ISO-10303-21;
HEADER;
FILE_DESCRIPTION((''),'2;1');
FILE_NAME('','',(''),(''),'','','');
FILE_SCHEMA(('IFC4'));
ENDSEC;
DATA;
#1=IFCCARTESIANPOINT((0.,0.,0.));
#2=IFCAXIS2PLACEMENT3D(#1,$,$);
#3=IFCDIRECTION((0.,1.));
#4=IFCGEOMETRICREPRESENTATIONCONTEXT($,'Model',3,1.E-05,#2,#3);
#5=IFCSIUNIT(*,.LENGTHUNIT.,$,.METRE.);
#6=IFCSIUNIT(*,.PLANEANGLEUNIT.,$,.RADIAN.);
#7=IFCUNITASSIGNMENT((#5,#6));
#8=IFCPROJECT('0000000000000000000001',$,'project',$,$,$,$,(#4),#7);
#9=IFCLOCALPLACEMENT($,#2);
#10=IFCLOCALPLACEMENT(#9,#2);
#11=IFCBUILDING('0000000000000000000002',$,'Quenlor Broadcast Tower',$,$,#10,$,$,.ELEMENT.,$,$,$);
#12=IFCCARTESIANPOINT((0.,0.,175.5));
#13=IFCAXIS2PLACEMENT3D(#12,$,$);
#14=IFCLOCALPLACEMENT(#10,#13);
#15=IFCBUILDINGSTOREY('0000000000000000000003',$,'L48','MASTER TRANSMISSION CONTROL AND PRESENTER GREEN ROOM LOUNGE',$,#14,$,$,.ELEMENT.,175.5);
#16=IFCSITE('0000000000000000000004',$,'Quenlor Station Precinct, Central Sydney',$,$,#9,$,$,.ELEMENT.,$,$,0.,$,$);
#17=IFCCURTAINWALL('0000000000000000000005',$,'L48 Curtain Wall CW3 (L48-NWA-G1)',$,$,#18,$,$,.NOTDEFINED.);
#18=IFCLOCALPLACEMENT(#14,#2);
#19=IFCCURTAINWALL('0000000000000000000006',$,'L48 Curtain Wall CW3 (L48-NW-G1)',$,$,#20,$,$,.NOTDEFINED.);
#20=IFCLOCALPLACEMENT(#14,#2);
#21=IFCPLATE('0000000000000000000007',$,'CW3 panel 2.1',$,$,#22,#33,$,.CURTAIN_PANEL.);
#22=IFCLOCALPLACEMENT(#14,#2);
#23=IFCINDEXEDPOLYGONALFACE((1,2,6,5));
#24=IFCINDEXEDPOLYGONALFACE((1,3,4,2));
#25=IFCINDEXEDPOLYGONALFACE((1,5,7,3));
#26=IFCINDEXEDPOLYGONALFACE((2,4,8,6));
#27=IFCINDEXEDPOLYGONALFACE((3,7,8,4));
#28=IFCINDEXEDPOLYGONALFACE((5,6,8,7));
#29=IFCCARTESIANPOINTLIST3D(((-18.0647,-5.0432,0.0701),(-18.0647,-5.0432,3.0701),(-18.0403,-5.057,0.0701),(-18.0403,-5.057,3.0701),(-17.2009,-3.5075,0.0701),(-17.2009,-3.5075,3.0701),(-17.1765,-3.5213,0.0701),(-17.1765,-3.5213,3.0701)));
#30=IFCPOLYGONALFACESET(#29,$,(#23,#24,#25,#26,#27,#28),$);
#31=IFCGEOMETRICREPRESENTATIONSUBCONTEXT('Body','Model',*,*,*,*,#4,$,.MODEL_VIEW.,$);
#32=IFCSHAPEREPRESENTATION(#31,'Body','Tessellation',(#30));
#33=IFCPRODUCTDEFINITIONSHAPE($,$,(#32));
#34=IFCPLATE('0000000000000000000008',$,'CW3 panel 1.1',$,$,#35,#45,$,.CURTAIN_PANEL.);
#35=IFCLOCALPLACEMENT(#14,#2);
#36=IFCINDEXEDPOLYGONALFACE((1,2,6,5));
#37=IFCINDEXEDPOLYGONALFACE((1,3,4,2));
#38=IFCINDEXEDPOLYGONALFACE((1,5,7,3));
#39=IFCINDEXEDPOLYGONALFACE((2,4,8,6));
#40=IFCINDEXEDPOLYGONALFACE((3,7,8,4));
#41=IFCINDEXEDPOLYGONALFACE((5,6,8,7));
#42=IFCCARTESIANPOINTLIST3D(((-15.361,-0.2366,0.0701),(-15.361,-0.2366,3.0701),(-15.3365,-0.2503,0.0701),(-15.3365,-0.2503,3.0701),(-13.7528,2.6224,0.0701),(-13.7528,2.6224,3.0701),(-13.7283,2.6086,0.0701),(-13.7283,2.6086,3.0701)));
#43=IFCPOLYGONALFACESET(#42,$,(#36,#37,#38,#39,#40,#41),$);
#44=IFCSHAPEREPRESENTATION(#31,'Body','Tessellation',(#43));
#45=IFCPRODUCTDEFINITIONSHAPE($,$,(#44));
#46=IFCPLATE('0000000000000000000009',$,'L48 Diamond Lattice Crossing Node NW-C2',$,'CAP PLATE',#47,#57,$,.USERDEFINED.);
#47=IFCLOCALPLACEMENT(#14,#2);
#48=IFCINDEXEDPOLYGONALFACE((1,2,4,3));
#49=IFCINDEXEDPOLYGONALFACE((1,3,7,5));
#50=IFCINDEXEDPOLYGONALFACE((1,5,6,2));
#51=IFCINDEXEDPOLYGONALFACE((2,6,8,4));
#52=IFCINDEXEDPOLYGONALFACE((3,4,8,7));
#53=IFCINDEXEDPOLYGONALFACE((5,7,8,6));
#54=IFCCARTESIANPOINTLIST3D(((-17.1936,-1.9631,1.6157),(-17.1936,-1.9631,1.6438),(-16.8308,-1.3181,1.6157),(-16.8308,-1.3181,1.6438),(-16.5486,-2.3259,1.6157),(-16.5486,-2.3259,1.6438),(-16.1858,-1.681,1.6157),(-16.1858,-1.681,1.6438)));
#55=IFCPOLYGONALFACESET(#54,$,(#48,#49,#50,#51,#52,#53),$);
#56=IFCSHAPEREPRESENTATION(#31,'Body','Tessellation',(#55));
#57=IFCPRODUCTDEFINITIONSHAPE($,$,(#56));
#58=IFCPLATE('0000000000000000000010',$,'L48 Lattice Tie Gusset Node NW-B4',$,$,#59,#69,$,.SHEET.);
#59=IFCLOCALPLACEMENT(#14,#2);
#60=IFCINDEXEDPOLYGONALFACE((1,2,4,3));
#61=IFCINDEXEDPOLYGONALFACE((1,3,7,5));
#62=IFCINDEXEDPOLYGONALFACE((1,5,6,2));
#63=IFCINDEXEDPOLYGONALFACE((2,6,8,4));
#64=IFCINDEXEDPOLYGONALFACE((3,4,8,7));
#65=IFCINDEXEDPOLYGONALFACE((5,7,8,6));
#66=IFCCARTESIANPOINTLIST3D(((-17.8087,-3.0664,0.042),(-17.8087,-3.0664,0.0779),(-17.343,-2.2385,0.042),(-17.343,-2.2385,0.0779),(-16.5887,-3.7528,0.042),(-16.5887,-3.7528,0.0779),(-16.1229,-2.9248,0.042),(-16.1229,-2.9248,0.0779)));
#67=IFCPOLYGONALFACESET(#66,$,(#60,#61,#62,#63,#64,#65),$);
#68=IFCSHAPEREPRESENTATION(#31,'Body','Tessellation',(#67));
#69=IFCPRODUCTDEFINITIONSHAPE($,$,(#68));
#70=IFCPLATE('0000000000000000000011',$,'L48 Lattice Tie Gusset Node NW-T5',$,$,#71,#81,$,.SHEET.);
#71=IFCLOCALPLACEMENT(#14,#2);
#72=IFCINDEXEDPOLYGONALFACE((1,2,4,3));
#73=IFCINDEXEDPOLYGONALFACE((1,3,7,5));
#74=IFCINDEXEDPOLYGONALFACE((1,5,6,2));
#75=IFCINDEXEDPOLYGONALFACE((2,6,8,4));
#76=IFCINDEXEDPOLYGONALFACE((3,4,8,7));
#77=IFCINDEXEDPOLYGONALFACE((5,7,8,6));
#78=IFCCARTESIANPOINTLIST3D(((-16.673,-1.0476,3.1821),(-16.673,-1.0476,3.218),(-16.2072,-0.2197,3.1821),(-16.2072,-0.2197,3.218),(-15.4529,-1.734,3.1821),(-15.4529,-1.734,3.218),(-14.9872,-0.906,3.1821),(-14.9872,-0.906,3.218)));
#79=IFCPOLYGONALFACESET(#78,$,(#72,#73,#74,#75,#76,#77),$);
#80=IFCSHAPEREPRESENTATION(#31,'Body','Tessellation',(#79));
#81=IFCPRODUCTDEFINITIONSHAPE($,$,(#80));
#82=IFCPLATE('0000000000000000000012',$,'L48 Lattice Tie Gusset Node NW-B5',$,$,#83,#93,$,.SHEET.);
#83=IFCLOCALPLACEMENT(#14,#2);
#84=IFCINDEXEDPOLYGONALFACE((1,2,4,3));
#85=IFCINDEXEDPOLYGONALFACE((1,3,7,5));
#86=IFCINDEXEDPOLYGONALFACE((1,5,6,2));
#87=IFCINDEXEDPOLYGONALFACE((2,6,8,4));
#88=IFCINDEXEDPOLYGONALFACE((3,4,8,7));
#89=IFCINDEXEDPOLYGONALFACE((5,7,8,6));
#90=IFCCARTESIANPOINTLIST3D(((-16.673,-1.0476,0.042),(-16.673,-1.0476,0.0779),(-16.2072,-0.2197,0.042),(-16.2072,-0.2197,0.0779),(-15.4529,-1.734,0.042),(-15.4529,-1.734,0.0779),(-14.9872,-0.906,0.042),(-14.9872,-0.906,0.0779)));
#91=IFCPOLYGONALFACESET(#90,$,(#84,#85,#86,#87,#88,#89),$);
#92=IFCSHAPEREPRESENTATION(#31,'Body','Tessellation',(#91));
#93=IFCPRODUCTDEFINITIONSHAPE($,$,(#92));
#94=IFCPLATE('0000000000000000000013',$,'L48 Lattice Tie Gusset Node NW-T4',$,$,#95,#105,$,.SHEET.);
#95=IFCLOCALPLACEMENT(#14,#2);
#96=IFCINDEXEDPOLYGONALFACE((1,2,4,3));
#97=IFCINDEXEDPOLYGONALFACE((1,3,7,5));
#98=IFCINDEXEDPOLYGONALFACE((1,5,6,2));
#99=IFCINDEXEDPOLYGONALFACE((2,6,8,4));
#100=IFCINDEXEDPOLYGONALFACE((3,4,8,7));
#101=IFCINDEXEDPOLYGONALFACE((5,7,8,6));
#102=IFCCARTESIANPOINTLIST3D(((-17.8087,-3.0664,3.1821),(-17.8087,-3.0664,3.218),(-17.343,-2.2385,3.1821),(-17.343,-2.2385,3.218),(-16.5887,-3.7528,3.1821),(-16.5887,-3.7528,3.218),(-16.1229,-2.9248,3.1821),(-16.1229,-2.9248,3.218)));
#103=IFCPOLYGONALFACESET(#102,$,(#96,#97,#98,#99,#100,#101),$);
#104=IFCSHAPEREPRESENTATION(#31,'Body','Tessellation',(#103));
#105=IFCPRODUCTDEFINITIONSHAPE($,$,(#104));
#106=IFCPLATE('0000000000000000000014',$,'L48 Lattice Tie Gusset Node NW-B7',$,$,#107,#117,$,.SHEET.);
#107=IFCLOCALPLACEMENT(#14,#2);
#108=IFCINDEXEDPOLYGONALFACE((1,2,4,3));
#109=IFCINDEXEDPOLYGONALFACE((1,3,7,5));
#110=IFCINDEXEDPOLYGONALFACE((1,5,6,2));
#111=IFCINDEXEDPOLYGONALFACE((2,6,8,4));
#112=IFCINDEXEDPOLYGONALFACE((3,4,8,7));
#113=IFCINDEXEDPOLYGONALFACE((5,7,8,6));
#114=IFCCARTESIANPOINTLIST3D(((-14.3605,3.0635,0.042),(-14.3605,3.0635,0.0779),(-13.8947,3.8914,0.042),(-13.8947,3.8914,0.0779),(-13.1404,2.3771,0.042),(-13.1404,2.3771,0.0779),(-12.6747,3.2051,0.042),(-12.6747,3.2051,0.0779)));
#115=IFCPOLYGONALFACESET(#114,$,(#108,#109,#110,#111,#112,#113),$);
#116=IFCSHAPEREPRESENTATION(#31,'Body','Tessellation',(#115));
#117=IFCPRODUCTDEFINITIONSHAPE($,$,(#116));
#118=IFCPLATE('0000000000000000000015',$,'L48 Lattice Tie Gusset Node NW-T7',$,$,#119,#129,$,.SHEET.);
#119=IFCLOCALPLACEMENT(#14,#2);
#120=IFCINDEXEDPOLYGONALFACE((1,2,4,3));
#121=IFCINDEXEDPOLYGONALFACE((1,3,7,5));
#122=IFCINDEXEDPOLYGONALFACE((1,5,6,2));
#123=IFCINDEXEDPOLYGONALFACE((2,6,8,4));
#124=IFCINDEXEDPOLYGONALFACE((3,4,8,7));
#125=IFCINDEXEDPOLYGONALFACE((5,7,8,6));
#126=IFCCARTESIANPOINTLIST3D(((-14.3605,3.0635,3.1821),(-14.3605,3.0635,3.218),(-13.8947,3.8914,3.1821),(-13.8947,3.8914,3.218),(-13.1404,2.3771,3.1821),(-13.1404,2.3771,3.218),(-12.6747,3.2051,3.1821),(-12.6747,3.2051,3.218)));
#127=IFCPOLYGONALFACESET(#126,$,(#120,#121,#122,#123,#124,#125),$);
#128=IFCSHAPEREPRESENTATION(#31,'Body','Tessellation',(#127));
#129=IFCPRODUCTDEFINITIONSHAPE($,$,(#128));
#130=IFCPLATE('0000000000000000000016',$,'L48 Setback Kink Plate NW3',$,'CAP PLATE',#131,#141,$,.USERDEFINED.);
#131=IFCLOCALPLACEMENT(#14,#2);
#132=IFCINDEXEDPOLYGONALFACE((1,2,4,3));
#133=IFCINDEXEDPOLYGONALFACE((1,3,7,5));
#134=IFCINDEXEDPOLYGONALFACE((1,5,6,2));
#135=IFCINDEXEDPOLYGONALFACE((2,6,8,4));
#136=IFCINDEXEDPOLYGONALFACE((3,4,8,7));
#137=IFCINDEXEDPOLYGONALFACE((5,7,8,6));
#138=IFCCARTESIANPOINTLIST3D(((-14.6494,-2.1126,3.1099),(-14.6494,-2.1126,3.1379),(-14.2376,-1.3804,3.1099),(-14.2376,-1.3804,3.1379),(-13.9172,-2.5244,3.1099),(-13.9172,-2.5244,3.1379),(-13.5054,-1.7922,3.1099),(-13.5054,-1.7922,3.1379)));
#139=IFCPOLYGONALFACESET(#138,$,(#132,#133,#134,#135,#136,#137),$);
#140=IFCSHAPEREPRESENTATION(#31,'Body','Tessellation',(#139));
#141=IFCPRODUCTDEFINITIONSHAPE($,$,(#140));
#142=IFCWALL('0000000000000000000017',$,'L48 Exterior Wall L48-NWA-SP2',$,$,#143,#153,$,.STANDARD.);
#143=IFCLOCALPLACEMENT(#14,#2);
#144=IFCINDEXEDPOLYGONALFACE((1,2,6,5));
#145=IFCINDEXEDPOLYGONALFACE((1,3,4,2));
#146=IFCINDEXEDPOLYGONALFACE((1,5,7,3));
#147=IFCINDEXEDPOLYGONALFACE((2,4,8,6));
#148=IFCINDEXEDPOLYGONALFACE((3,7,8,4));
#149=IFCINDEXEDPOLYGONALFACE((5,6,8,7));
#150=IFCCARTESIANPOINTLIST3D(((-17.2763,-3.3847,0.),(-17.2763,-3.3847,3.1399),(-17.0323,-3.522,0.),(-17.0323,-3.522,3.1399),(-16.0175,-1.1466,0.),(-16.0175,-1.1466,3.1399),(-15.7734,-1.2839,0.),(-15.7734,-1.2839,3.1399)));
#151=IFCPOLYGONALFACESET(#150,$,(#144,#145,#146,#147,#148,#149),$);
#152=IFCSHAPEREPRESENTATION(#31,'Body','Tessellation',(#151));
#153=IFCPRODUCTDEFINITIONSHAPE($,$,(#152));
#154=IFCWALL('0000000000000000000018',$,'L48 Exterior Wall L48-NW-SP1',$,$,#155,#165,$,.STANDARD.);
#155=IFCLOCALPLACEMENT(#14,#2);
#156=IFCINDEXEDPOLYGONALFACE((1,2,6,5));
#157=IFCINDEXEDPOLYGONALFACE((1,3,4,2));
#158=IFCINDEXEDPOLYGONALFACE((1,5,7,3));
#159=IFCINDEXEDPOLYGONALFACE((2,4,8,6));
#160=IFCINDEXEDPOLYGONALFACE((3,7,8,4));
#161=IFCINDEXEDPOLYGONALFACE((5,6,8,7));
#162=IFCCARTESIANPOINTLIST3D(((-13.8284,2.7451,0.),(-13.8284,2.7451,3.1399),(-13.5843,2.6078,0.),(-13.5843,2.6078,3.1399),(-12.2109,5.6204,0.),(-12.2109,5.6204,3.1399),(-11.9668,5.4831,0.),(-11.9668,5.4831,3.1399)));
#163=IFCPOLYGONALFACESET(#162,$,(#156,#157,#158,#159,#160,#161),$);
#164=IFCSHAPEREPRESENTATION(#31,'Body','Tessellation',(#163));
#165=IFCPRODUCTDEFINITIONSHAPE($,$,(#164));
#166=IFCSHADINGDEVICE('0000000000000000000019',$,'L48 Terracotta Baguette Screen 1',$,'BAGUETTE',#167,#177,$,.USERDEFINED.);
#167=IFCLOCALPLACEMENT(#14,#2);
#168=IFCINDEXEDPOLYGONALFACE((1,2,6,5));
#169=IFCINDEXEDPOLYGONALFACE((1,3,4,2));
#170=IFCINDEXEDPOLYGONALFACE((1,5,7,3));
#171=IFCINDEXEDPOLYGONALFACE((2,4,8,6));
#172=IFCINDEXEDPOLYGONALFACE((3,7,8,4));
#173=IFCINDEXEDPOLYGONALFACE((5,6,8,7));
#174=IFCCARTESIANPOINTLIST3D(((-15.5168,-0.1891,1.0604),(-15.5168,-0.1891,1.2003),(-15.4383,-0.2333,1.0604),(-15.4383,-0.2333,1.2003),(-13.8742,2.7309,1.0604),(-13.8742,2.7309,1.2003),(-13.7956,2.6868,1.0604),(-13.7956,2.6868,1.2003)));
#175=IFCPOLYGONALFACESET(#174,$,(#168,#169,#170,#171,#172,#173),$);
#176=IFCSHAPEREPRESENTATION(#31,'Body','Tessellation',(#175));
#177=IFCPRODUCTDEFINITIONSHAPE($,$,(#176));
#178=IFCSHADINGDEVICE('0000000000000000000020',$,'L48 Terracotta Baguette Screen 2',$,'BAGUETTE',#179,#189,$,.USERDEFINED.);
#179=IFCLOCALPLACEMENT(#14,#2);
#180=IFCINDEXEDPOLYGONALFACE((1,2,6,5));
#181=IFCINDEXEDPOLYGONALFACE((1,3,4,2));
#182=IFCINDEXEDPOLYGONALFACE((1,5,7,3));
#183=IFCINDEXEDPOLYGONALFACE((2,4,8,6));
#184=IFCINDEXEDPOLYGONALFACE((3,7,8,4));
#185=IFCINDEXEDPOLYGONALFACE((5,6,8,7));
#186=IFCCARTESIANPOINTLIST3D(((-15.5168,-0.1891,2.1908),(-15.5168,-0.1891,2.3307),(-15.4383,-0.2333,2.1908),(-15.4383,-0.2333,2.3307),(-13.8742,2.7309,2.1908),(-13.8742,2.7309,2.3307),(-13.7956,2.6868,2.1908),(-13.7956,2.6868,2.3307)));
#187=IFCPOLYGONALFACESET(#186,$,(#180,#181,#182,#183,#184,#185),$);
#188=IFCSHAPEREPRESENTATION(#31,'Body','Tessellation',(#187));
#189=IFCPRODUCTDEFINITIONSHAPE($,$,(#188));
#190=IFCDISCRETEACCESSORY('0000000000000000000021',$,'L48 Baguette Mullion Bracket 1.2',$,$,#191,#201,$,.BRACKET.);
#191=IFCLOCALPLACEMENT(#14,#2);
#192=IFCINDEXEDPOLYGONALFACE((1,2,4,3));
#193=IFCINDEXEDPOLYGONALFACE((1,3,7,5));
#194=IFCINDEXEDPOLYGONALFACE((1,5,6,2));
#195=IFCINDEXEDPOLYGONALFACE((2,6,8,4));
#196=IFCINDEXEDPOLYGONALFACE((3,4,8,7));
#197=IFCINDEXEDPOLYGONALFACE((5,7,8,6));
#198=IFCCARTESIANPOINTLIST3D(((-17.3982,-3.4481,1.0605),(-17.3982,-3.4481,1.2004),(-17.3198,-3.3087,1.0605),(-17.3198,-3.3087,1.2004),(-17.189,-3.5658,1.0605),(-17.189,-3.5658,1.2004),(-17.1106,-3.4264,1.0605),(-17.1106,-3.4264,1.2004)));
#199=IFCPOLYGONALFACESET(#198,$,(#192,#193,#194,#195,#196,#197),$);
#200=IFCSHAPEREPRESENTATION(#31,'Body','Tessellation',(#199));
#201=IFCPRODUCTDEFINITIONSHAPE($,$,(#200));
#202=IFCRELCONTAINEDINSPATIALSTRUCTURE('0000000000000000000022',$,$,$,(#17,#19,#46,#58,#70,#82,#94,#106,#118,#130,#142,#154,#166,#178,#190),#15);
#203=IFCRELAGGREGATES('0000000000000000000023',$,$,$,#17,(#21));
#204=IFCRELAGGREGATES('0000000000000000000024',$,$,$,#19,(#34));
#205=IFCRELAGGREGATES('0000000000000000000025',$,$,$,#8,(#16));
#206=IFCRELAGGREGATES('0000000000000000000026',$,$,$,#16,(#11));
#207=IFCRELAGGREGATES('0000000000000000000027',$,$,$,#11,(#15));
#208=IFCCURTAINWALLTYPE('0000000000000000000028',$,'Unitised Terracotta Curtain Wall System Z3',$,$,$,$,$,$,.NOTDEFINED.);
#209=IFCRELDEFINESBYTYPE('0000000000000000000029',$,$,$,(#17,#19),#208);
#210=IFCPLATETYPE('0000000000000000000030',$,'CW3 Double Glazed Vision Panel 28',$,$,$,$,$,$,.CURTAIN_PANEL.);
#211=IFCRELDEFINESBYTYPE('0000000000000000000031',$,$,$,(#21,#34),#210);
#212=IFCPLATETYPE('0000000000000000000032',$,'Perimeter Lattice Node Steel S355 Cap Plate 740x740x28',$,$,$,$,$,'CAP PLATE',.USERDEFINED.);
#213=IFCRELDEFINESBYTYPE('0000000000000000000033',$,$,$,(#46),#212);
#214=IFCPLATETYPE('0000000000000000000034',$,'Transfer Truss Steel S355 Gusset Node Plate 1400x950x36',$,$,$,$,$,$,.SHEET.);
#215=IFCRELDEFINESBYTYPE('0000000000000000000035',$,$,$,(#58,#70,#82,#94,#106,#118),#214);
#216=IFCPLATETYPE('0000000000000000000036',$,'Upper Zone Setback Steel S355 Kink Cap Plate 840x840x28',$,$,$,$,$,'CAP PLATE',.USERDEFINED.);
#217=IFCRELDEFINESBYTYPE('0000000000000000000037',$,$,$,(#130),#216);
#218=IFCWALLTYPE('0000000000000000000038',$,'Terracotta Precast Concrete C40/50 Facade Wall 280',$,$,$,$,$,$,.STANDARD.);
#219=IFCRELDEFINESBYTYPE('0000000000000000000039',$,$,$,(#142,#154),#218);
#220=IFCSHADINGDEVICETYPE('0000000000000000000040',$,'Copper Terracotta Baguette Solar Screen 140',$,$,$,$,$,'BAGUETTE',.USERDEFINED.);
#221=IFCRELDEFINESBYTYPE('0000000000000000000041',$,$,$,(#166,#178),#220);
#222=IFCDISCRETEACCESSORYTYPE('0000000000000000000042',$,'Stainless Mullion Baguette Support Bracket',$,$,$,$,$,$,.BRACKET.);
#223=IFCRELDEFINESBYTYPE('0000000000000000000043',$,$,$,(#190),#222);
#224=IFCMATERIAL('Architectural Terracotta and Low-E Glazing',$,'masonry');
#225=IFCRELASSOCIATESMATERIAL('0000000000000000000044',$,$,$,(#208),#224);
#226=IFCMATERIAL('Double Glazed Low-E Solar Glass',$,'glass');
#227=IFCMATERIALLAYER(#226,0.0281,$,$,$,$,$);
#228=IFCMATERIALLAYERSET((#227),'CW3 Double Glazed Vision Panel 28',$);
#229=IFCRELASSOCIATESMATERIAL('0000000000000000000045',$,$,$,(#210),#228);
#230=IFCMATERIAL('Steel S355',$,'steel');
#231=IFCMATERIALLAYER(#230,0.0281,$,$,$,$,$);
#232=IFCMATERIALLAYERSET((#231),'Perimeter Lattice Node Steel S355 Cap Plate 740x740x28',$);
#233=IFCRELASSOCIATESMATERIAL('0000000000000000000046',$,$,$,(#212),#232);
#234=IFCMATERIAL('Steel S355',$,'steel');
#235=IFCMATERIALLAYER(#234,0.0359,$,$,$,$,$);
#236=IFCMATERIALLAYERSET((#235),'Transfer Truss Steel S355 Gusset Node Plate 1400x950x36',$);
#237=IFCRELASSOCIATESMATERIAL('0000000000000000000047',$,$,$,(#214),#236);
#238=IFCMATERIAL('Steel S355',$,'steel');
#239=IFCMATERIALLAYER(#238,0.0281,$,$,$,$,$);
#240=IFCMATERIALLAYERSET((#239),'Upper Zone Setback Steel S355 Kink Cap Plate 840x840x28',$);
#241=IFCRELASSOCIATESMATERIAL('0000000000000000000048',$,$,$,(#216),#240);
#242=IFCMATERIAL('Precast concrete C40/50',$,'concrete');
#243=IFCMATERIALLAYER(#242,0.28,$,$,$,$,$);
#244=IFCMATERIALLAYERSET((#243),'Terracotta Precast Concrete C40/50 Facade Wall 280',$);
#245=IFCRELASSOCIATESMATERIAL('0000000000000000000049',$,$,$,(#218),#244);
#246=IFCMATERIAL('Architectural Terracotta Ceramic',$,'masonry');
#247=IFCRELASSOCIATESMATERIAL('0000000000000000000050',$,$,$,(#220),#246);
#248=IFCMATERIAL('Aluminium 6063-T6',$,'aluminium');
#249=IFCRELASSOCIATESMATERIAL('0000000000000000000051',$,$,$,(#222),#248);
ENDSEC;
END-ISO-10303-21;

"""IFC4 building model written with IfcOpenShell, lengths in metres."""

from ifc_helpers import new_model, si_unit, direction, frame, frame_2d, origin, origin_2d, place, context, subcontext, project, spatial, rectangle, extrude, material, layer, layer_set, material_profile, profile_set, type_object, element, aggregate, save


model = new_model("IFC4")

# Units and contexts
model_context = context("Model", 3, precision=1e-05, world=origin(), true_north=direction((0.0, 1.0)))
body_context = subcontext(model_context, "Body", "Model", "MODEL_VIEW")
ifc_project = project(units=[si_unit("LENGTHUNIT", "METRE"), si_unit("PLANEANGLEUNIT", "RADIAN")], contexts=[model_context])

# Site, building, storey
site_placement = place(None, origin())
site = spatial("IfcSite", under=ifc_project, at=site_placement, Name="Quenlor Station Precinct, Central Sydney", CompositionType="ELEMENT", RefElevation=0.0)
building_placement = place(site_placement, origin())
building = spatial("IfcBuilding", under=site, at=building_placement, Name="Quenlor Broadcast Tower", CompositionType="ELEMENT")
storey_placement = place(building_placement, frame((0.0, 0.0, 175.5)))
storey = spatial("IfcBuildingStorey", under=building, at=storey_placement, Name="L48", Description="MASTER TRANSMISSION CONTROL AND PRESENTER GREEN ROOM LOUNGE", CompositionType="ELEMENT", Elevation=175.5)

# Curtain wall
ifc_material_1 = material(Name="Architectural Terracotta and Low-E Glazing", Category="masonry")
curtain_wall_type = type_object("IfcCurtainWallType", Name="Unitised Terracotta Curtain Wall System Z3", PredefinedType="NOTDEFINED", material=ifc_material_1)
curtain_wall_1_placement = place(storey_placement, origin())
curtain_wall_1 = element("IfcCurtainWall", 1, at=curtain_wall_1_placement, inside=storey, type_object=curtain_wall_type, Name="L48 Curtain Wall CW3 (L48-NWA-G1)", PredefinedType="NOTDEFINED")

# Curtain wall
curtain_wall_2_placement = place(storey_placement, origin())
curtain_wall_2 = element("IfcCurtainWall", 2, at=curtain_wall_2_placement, inside=storey, type_object=curtain_wall_type, Name="L48 Curtain Wall CW3 (L48-NW-G1)", PredefinedType="NOTDEFINED")

# Plates
ifc_material_2 = material(Name="Double Glazed Low-E Solar Glass", Category="glass")
ifc_layer_1 = layer(ifc_material_2, 0.0281)
ifc_layer_set_1 = layer_set([ifc_layer_1], Name="CW3 Double Glazed Vision Panel 28")
plate_type_1 = type_object("IfcPlateType", Name="CW3 Double Glazed Vision Panel 28", PredefinedType="CURTAIN_PANEL", material=ifc_layer_set_1)
plate_1_placement = place(storey_placement, frame((-17.6206, -4.2822, 0.0701), z_axis=(0.0, 0.0, 1.0), x_axis=(0.490259, 0.871577, 0.0)))
plate_1 = element("IfcPlate", 3, at=plate_1_placement, type_object=plate_type_1, Name="CW3 panel 2.1", PredefinedType="CURTAIN_PANEL", context=body_context, shape_type="SweptSolid", body=[
    extrude(rectangle(XDim=1.762, YDim=0.0281, at=origin_2d()), origin(), (0.0, 0.0, 1.0), 3.0),
])
aggregate(curtain_wall_1, [plate_1])
plate_2_placement = place(storey_placement, frame((-14.5447, 1.186, 0.0701), z_axis=(0.0, 0.0, 1.0), x_axis=(0.490268, 0.871572, 0.0)))
plate_2 = element("IfcPlate", 4, at=plate_2_placement, type_object=plate_type_1, Name="CW3 panel 1.1", PredefinedType="CURTAIN_PANEL", context=body_context, shape_type="SweptSolid", body=[
    extrude(rectangle(XDim=3.2803, YDim=0.0281, at=origin_2d()), origin(), (0.0, 0.0, 1.0), 3.0),
])
aggregate(curtain_wall_2, [plate_2])

# Plates
ifc_material_3 = material(Name="Steel S355", Category="steel")
ifc_layer_2 = layer(ifc_material_3, 0.0281)
ifc_layer_set_2 = layer_set([ifc_layer_2], Name="Perimeter Lattice Node Steel S355 Cap Plate 740x740x28")
plate_type_2 = type_object("IfcPlateType", Name="Perimeter Lattice Node Steel S355 Cap Plate 740x740x28", ElementType="CAP PLATE", PredefinedType="USERDEFINED", material=ifc_layer_set_2)
plate_3_placement = place(storey_placement, frame((-16.6897, -1.822, 1.6157), z_axis=(0.0, 0.0, 1.0), x_axis=(0.490295, 0.871556, 0.0)))
element("IfcPlate", 5, at=plate_3_placement, inside=storey, type_object=plate_type_2, Name="L48 Diamond Lattice Crossing Node NW-C2", ObjectType="CAP PLATE", PredefinedType="USERDEFINED", context=body_context, shape_type="SweptSolid", body=[
    extrude(rectangle(XDim=0.74, YDim=0.74, at=origin_2d()), origin(), (0.0, 0.0, 1.0), 0.0281),
])
ifc_material_4 = material(Name="Steel S355", Category="steel")
ifc_layer_3 = layer(ifc_material_4, 0.0359)
ifc_layer_set_3 = layer_set([ifc_layer_3], Name="Transfer Truss Steel S355 Gusset Node Plate 1400x950x36")
plate_type_3 = type_object("IfcPlateType", Name="Transfer Truss Steel S355 Gusset Node Plate 1400x950x36", PredefinedType="SHEET", material=ifc_layer_set_3)
for number, where, z_axis, x_axis, name in (
    (6, (-16.9658, -2.9956, 0.042), (0.0, 0.0, 1.0), (-0.871556, 0.490295, 0.0), "L48 Lattice Tie Gusset Node NW-B4"),
    (7, (-15.8301, -0.9768, 3.1821), (0.0, 0.0, 1.0), (-0.871556, 0.490295, 0.0), "L48 Lattice Tie Gusset Node NW-T5"),
    (8, (-15.8301, -0.9768, 0.042), (0.0, 0.0, 1.0), (-0.871556, 0.490295, 0.0), "L48 Lattice Tie Gusset Node NW-B5"),
    (9, (-16.9658, -2.9956, 3.1821), (0.0, 0.0, 1.0), (-0.871556, 0.490295, 0.0), "L48 Lattice Tie Gusset Node NW-T4"),
    (10, (-13.5176, 3.1343, 0.042), (0.0, 0.0, 1.0), (-0.871556, 0.490295, 0.0), "L48 Lattice Tie Gusset Node NW-B7"),
    (11, (-13.5176, 3.1343, 3.1821), (0.0, 0.0, 1.0), (-0.871556, 0.490295, 0.0), "L48 Lattice Tie Gusset Node NW-T7"),
):
    element("IfcPlate", number, at=place(storey_placement, frame(where, z_axis=z_axis, x_axis=x_axis)), inside=storey, type_object=plate_type_3, Name=name, PredefinedType="SHEET", context=body_context, shape_type="SweptSolid", body=[
        extrude(rectangle(XDim=1.3999, YDim=0.95, at=origin_2d()), origin(), (0.0, 0.0, 1.0), 0.0359),
    ])
ifc_material_5 = material(Name="Steel S355", Category="steel")
ifc_layer_4 = layer(ifc_material_5, 0.0281)
ifc_layer_set_4 = layer_set([ifc_layer_4], Name="Upper Zone Setback Steel S355 Kink Cap Plate 840x840x28")
plate_type_4 = type_object("IfcPlateType", Name="Upper Zone Setback Steel S355 Kink Cap Plate 840x840x28", ElementType="CAP PLATE", PredefinedType="USERDEFINED", material=ifc_layer_set_4)
plate_4_placement = place(storey_placement, frame((-14.0774, -1.9524, 3.1099), z_axis=(0.0, 0.0, 1.0), x_axis=(-0.871575, 0.490262, 0.0)))
element("IfcPlate", 12, at=plate_4_placement, inside=storey, type_object=plate_type_4, Name="L48 Setback Kink Plate NW3", ObjectType="CAP PLATE", PredefinedType="USERDEFINED", context=body_context, shape_type="SweptSolid", body=[
    extrude(rectangle(XDim=0.8401, YDim=0.8401, at=origin_2d()), origin(), (0.0, 0.0, 1.0), 0.0281),
])

# Walls
ifc_material_6 = material(Name="Precast concrete C40/50", Category="concrete")
ifc_layer_5 = layer(ifc_material_6, 0.28)
ifc_layer_set_5 = layer_set([ifc_layer_5], Name="Terracotta Precast Concrete C40/50 Facade Wall 280")
wall_type = type_object("IfcWallType", Name="Terracotta Precast Concrete C40/50 Facade Wall 280", PredefinedType="STANDARD", material=ifc_layer_set_5)
wall_1_placement = place(storey_placement, frame((-17.1543, -3.4534, 0.0), z_axis=(0.0, 0.0, 1.0), x_axis=(0.49023, 0.871593, 0.0)))
element("IfcWall", 13, at=wall_1_placement, inside=storey, type_object=wall_type, Name="L48 Exterior Wall L48-NWA-SP2", PredefinedType="STANDARD", context=body_context, shape_type="SweptSolid", body=[
    extrude(rectangle(XDim=2.5679, YDim=0.28, at=frame_2d((1.2839, 0.0))), origin(), (0.0, 0.0, 1.0), 3.1399),
])
wall_2_placement = place(storey_placement, frame((-13.7063, 2.6765, 0.0), z_axis=(0.0, 0.0, 1.0), x_axis=(0.490286, 0.871562, 0.0)))
element("IfcWall", 14, at=wall_2_placement, inside=storey, type_object=wall_type, Name="L48 Exterior Wall L48-NW-SP1", PredefinedType="STANDARD", context=body_context, shape_type="SweptSolid", body=[
    extrude(rectangle(XDim=3.2991, YDim=0.28, at=frame_2d((1.6494, 0.0))), origin(), (0.0, 0.0, 1.0), 3.1399),
])

# Shading devices
ifc_material_7 = material(Name="Architectural Terracotta Ceramic", Category="masonry")
ifc_material_profile_1 = material_profile(ifc_material_7, rectangle(XDim=0.0901, YDim=0.1399, at=origin_2d()))
ifc_profile_set_1 = profile_set([ifc_material_profile_1], Name="Architectural Terracotta Ceramic BAG90x140")
shading_device_type = type_object("IfcShadingDeviceType", Name="Copper Terracotta Baguette Solar Screen 140", ElementType="BAGUETTE", PredefinedType="USERDEFINED", material=ifc_profile_set_1)
for number, where, z_axis, x_axis, name in (
    (15, (-15.4775, -0.2112, 1.1304), (0.490289, 0.87156, 0.0), (-0.87156, 0.490289, 0.0), "L48 Terracotta Baguette Screen 1"),
    (16, (-15.4775, -0.2112, 2.2607), (0.490289, 0.87156, 0.0), (-0.87156, 0.490289, 0.0), "L48 Terracotta Baguette Screen 2"),
):
    element("IfcShadingDevice", number, at=place(storey_placement, frame(where, z_axis=z_axis, x_axis=x_axis)), inside=storey, type_object=shading_device_type, Name=name, ObjectType="BAGUETTE", PredefinedType="USERDEFINED", context=body_context, shape_type="SweptSolid", body=[
        extrude(rectangle(XDim=0.0901, YDim=0.1399, at=origin_2d()), origin(), (0.0, 0.0, 1.0), 3.3503),
    ])

# Discrete accessory
ifc_material_8 = material(Name="Aluminium 6063-T6", Category="aluminium")
discrete_accessory_type = type_object("IfcDiscreteAccessoryType", Name="Stainless Mullion Baguette Support Bracket", PredefinedType="BRACKET", material=ifc_material_8)
for number, where, z_axis, x_axis, name in (
    (17, (-17.2544, -3.4373, 1.0605), (0.0, 0.0, 1.0), (0.490259, 0.871577, 0.0), "L48 Baguette Mullion Bracket 1.2"),
):
    element("IfcDiscreteAccessory", number, at=place(storey_placement, frame(where, z_axis=z_axis, x_axis=x_axis)), inside=storey, type_object=discrete_accessory_type, Name=name, PredefinedType="BRACKET", context=body_context, shape_type="SweptSolid", body=[
        extrude(rectangle(XDim=0.1599, YDim=0.24, at=origin_2d()), origin(), (0.0, 0.0, 1.0), 0.1399),
    ])

save(model, "model.ifc")
